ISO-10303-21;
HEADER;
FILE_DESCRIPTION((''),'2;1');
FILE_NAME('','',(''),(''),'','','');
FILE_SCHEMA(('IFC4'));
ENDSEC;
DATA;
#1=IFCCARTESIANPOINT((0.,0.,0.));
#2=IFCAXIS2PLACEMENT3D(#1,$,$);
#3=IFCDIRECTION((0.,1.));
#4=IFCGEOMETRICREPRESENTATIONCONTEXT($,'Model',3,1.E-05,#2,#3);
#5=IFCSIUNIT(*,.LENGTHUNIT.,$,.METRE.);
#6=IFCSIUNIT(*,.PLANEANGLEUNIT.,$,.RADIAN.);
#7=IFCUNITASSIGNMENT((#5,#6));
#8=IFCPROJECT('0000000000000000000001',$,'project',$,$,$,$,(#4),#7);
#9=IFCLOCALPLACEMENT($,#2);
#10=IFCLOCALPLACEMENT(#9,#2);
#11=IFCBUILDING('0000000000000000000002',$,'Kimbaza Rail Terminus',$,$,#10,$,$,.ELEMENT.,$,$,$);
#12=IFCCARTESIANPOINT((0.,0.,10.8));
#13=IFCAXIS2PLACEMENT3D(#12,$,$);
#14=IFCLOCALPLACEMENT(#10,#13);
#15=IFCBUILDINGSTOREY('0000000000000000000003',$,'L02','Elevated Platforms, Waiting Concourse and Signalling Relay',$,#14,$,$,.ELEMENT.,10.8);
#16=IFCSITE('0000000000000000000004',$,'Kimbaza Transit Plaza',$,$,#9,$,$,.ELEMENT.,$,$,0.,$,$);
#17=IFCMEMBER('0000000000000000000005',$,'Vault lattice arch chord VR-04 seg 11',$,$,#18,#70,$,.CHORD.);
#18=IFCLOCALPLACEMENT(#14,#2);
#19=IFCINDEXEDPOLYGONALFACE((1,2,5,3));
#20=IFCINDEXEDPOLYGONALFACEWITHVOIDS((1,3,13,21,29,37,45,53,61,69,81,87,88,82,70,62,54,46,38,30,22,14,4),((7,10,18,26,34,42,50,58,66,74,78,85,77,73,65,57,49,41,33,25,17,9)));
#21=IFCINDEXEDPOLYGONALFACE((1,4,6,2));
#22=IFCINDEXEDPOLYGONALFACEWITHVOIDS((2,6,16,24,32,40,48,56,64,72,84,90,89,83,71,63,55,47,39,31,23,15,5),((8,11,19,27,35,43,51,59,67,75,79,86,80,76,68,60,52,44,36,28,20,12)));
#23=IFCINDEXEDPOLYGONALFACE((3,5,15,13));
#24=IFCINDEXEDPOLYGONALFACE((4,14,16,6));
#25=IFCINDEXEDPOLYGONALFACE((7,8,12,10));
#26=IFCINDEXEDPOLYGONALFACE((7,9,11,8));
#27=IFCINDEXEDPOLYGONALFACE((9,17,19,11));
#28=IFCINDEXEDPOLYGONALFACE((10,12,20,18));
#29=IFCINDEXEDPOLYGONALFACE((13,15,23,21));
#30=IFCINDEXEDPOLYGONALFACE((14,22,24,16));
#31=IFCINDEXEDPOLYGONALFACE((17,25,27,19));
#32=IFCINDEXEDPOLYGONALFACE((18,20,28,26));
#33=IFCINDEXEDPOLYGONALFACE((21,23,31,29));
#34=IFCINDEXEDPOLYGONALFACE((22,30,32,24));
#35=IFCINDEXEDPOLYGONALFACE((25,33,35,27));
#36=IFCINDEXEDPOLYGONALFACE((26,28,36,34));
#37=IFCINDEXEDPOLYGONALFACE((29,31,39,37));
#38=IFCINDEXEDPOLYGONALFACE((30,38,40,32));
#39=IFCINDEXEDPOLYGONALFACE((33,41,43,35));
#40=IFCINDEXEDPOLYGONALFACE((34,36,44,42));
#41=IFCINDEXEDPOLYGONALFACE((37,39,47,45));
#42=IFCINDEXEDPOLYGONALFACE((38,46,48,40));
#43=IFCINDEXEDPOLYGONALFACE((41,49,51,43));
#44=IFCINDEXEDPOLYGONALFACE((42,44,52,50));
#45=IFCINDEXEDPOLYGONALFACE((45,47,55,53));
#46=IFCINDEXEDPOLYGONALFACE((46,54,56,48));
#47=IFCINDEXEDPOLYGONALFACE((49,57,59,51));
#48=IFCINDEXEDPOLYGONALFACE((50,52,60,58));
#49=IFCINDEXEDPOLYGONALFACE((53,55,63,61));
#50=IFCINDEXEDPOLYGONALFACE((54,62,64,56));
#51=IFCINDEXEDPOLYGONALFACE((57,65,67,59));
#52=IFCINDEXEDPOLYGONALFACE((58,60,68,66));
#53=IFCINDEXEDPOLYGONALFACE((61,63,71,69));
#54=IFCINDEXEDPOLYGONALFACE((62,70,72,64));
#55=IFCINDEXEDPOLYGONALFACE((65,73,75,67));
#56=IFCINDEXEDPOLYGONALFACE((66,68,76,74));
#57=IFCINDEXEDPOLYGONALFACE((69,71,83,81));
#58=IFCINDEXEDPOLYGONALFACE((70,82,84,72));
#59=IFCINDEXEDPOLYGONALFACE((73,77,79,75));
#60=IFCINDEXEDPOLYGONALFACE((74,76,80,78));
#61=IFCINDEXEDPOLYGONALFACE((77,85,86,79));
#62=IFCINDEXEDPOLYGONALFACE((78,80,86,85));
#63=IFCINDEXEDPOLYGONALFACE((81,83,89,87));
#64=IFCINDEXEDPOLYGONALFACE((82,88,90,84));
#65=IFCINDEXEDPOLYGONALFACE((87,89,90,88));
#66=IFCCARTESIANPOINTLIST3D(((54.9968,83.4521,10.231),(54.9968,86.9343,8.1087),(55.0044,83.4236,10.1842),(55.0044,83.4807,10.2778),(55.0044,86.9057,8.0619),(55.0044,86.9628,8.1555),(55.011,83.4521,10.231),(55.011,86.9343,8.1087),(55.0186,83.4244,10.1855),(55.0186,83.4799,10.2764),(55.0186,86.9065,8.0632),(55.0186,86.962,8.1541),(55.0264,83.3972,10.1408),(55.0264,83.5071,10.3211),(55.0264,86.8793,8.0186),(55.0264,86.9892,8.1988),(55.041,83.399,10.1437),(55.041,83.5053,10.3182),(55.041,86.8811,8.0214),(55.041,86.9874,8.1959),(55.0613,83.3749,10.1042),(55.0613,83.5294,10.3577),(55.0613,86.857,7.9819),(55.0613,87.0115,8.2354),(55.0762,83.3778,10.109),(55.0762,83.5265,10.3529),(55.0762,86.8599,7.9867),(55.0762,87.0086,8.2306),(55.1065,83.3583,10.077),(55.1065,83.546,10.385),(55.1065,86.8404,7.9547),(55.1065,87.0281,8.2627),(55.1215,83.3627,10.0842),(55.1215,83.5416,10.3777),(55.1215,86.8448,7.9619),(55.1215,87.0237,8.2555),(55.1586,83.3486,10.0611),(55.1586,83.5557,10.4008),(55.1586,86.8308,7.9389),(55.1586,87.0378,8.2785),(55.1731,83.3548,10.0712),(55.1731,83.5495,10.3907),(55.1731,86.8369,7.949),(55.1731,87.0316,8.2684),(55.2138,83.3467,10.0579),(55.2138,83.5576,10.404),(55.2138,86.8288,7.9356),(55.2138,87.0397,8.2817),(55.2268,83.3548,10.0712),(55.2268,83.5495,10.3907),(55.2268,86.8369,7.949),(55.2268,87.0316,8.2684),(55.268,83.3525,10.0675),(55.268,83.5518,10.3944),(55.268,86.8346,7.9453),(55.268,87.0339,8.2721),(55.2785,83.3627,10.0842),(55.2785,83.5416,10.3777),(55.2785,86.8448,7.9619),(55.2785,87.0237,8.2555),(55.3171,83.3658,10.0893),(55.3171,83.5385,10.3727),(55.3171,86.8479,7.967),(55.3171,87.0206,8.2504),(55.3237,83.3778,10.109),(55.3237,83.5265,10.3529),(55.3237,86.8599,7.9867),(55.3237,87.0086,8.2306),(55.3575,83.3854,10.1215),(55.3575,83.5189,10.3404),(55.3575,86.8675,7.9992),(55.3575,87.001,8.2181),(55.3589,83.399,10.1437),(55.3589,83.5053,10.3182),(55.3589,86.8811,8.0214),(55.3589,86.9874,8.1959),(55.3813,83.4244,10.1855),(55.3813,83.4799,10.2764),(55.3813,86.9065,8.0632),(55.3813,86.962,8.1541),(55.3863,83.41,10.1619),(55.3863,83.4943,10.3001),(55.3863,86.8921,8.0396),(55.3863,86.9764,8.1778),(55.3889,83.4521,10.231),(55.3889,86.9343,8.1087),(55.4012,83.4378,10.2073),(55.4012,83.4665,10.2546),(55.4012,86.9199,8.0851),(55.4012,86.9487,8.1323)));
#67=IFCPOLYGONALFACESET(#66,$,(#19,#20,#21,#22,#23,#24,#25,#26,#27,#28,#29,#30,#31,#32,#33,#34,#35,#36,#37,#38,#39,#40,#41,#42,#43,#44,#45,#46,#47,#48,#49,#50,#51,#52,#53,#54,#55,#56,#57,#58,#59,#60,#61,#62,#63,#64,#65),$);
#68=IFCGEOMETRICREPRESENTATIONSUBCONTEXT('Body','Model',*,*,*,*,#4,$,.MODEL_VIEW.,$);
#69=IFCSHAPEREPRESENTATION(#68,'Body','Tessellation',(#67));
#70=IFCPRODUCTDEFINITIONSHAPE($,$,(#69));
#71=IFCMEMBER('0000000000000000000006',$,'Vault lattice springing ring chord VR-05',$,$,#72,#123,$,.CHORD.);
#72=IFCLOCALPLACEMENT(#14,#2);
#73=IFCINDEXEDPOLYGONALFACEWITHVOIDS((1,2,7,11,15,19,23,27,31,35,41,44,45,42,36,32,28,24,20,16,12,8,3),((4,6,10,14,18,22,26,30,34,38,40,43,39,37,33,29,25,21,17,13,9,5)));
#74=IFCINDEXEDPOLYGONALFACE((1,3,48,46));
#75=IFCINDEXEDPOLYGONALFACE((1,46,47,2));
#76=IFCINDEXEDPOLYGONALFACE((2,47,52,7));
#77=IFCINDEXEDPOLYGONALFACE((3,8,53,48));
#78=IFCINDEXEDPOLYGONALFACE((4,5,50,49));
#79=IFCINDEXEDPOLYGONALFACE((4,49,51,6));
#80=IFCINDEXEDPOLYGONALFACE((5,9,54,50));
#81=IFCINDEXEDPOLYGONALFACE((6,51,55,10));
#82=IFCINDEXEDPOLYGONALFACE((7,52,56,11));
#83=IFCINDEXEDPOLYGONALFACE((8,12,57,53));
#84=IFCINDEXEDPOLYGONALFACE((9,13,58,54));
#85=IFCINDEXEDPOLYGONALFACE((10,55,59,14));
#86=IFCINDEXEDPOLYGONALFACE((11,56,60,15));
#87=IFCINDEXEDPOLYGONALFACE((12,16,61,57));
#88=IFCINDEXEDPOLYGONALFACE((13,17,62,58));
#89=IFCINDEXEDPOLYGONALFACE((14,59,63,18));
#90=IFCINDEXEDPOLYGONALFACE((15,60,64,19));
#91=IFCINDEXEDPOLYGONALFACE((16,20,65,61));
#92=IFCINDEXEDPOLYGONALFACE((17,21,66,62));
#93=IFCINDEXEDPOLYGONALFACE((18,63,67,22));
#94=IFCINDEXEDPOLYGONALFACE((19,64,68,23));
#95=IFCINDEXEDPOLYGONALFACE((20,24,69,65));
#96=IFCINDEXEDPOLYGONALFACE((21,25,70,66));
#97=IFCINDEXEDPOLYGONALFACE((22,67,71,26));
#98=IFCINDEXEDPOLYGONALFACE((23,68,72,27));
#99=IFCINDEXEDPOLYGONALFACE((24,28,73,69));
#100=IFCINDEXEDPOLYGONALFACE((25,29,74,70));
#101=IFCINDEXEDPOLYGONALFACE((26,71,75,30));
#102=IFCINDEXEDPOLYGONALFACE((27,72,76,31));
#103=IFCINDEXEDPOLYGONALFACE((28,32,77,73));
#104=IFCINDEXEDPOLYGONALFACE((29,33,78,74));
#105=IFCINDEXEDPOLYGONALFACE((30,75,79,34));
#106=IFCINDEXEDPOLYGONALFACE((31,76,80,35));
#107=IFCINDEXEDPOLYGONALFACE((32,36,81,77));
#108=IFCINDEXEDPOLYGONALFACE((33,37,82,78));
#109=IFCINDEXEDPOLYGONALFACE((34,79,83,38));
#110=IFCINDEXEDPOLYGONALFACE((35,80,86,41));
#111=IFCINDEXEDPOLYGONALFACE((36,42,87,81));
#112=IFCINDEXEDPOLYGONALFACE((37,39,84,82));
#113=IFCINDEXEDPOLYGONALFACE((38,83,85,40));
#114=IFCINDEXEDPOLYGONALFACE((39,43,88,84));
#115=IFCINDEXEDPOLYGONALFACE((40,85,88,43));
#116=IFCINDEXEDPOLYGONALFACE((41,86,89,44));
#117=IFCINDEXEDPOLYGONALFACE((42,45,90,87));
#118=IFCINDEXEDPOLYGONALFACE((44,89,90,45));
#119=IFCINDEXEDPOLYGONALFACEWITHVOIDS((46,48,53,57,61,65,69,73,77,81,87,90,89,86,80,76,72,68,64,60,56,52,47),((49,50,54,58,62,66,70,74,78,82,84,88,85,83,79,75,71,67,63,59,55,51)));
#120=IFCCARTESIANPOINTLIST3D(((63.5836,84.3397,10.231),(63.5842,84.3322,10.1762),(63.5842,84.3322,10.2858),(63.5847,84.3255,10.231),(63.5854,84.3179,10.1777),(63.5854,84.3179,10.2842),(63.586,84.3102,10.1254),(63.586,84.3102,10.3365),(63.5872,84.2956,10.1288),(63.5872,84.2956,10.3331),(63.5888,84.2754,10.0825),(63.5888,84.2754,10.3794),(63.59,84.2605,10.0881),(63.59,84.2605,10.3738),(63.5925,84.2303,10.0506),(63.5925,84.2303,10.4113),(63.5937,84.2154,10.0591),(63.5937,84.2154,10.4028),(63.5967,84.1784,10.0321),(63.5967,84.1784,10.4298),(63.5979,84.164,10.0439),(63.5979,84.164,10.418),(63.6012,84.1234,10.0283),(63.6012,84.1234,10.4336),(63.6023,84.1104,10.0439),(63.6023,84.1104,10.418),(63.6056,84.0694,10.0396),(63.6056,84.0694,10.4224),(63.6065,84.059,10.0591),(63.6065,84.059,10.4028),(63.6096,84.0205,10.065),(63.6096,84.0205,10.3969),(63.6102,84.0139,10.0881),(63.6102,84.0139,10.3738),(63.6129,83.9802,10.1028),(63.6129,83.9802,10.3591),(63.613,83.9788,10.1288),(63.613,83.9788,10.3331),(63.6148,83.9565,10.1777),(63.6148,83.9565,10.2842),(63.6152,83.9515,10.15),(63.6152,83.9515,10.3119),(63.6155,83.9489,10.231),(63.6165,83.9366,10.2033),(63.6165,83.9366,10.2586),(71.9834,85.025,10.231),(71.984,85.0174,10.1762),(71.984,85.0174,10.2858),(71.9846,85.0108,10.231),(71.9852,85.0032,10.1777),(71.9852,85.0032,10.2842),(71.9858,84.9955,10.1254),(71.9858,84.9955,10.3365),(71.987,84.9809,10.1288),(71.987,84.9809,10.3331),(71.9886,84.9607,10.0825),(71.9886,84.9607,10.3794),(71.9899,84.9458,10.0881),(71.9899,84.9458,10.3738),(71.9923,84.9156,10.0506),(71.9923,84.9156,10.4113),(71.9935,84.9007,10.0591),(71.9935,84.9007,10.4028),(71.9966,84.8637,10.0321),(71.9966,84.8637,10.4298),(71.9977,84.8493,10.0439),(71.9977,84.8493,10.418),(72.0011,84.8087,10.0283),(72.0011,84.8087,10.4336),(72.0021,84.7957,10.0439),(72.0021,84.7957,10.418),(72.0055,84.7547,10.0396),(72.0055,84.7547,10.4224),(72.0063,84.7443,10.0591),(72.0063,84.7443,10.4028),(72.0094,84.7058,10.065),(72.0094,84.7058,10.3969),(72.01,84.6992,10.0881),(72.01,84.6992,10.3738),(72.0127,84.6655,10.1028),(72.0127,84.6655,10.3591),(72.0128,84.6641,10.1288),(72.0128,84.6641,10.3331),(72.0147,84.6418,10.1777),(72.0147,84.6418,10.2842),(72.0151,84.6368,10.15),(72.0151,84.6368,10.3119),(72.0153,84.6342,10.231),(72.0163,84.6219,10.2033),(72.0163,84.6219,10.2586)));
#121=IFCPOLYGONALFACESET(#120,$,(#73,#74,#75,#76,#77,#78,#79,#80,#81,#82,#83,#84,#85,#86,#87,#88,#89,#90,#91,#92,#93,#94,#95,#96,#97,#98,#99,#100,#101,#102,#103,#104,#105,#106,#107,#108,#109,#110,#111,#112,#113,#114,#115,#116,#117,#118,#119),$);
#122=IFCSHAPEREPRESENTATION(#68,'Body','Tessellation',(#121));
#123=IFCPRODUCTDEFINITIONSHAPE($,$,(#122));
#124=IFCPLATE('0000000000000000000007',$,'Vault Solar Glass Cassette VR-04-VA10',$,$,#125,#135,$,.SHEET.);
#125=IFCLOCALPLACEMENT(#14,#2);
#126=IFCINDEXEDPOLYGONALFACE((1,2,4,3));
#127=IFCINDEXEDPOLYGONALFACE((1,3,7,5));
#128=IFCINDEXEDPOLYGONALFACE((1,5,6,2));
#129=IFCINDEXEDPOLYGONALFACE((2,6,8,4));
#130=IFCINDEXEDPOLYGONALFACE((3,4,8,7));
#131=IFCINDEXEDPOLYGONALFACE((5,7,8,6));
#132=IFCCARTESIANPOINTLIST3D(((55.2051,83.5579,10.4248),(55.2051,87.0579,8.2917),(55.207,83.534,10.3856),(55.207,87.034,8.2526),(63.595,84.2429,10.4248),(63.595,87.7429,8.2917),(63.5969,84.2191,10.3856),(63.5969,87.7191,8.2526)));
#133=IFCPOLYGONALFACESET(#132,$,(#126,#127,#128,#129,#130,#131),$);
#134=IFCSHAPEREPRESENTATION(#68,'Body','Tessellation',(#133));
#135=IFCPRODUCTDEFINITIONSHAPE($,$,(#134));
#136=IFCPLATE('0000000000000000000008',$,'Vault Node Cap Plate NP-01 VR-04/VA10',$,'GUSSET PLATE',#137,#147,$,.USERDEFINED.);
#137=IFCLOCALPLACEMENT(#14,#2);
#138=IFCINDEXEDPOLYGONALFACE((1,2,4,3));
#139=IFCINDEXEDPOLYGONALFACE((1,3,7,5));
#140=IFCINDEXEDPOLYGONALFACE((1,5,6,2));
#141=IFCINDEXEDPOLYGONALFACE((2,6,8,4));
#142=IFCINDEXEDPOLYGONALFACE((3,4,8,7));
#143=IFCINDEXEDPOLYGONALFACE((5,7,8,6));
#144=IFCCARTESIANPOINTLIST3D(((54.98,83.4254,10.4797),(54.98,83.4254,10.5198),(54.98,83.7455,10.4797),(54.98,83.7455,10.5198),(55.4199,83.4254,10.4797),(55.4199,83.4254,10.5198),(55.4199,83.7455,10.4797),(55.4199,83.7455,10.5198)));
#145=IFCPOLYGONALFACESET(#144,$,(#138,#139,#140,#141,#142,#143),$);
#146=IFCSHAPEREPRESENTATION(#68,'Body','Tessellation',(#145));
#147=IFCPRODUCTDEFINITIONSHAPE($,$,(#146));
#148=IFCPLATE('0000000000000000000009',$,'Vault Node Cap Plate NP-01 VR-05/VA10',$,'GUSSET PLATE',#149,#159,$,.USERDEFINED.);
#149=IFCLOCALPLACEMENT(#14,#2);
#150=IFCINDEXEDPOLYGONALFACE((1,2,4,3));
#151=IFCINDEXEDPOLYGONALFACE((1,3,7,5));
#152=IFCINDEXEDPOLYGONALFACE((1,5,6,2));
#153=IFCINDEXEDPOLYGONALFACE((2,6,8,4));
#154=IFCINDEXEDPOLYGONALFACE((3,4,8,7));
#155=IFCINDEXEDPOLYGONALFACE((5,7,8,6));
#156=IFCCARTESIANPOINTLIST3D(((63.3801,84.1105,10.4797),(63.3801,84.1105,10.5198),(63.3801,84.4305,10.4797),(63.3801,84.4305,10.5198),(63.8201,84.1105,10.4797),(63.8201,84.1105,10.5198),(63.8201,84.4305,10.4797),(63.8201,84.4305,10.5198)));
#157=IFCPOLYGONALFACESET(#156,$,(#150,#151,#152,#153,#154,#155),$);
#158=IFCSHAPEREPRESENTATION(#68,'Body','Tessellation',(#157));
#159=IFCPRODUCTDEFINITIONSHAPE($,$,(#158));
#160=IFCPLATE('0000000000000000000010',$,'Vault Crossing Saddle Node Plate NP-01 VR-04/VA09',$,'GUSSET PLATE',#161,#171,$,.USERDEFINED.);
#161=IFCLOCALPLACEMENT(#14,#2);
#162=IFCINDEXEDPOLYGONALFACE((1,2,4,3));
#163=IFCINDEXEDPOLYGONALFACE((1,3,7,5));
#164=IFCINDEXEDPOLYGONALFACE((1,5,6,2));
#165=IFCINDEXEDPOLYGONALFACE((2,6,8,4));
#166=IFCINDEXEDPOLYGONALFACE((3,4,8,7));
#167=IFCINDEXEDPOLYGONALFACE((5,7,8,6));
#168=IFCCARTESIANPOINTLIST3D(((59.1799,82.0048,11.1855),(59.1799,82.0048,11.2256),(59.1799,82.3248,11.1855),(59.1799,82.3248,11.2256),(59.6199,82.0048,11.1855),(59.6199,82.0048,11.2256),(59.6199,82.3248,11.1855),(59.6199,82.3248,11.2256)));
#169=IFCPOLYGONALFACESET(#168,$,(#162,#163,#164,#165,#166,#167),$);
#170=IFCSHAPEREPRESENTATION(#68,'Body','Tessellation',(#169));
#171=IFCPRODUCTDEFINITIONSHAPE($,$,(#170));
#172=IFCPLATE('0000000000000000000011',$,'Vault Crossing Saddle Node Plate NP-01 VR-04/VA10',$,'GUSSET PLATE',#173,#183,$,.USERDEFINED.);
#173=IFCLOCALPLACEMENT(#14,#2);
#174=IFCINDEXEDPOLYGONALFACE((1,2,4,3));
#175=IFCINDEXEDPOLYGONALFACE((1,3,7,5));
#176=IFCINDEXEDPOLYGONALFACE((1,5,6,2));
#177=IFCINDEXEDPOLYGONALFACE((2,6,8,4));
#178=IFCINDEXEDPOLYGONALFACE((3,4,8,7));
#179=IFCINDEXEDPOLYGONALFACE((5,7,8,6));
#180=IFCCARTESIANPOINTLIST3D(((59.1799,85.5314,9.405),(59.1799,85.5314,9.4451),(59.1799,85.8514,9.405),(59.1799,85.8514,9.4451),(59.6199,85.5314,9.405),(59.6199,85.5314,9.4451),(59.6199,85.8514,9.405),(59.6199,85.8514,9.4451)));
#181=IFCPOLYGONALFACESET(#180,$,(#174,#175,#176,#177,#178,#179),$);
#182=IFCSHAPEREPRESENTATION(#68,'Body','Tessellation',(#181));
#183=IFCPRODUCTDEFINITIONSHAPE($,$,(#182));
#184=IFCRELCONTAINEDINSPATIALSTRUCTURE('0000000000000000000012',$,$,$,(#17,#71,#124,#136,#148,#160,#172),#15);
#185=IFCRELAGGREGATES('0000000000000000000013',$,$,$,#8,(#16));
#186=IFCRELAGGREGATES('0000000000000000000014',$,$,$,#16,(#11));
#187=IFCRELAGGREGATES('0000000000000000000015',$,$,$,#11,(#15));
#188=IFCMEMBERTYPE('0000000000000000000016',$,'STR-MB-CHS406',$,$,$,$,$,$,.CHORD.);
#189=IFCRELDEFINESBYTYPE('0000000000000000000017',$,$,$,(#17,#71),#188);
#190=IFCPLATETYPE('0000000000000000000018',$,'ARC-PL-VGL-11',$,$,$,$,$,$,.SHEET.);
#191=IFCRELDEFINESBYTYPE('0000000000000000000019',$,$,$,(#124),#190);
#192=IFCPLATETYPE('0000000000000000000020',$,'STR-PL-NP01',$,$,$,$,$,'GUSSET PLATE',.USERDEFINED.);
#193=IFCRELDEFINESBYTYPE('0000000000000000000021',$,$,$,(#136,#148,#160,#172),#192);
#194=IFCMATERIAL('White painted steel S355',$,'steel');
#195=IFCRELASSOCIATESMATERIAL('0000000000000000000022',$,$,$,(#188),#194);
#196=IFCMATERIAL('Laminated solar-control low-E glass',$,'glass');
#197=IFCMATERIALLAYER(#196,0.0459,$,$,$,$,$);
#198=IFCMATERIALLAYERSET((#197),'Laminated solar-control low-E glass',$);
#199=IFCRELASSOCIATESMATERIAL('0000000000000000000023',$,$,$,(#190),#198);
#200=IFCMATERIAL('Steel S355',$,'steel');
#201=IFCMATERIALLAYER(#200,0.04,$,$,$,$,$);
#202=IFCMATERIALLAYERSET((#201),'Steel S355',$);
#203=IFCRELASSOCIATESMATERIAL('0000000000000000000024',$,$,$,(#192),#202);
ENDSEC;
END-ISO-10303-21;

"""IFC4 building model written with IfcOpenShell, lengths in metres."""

from ifc_helpers import new_model, si_unit, direction, frame, origin, origin_2d, place, context, subcontext, project, spatial, polyline, rectangle, hollow_circle, outline, extrude, material, layer, layer_set, material_profile, profile_set, type_object, element, save


model = new_model("IFC4")

# Units and contexts
model_context = context("Model", 3, precision=1e-05, world=origin(), true_north=direction((0.0, 1.0)))
body_context = subcontext(model_context, "Body", "Model", "MODEL_VIEW")
ifc_project = project(units=[si_unit("LENGTHUNIT", "METRE"), si_unit("PLANEANGLEUNIT", "RADIAN")], contexts=[model_context])

# Site, building, storey
site_placement = place(None, origin())
site = spatial("IfcSite", under=ifc_project, at=site_placement, Name="Kimbaza Transit Plaza", CompositionType="ELEMENT", RefElevation=0.0)
building_placement = place(site_placement, origin())
building = spatial("IfcBuilding", under=site, at=building_placement, Name="Kimbaza Rail Terminus", CompositionType="ELEMENT")
storey_placement = place(building_placement, frame((0.0, 0.0, 10.8)))
storey = spatial("IfcBuildingStorey", under=building, at=storey_placement, Name="L02", Description="Elevated Platforms, Waiting Concourse and Signalling Relay", CompositionType="ELEMENT", Elevation=10.8)

# Members
ifc_material_1 = material(Name="White painted steel S355", Category="steel")
ifc_material_profile_1 = material_profile(ifc_material_1, hollow_circle(Radius=0.2031, WallThickness=0.0142, at=origin_2d()), Name="CHS 406.4x14.2")
ifc_profile_set_1 = profile_set([ifc_material_profile_1], Name="White painted steel S355")
member_type_1 = type_object("IfcMemberType", Name="STR-MB-CHS406", PredefinedType="CHORD", material=ifc_profile_set_1)
member_1_placement = place(storey_placement, frame((55.2, 83.4521, 10.231), z_axis=(0.0, 0.853901, -0.520435), x_axis=(-1.0, 0.0, 0.0)))
element("IfcMember", 1, at=member_1_placement, inside=storey, type_object=member_type_1, Name="Vault lattice arch chord VR-04 seg 11", PredefinedType="CHORD", context=body_context, shape_type="SweptSolid", body=[
    extrude(hollow_circle(Radius=0.2031, WallThickness=0.0142, at=origin_2d()), origin(), (0.0, 0.0, 1.0), 4.0779),
])
member_2_placement = place(storey_placement, frame((63.6001, 84.1372, 10.231), z_axis=(0.996688, 0.081314, 0.0), x_axis=(-0.081314, 0.996688, 0.0)))
element("IfcMember", 2, at=member_2_placement, inside=storey, type_object=member_type_1, Name="Vault lattice springing ring chord VR-05", PredefinedType="CHORD", context=body_context, shape_type="SweptSolid", body=[
    extrude(hollow_circle(Radius=0.2031, WallThickness=0.0142, at=origin_2d()), origin(), (0.0, 0.0, 1.0), 8.4277),
])

# Plates
ifc_material_2 = material(Name="Laminated solar-control low-E glass", Category="glass")
ifc_layer_1 = layer(ifc_material_2, 0.0459)
ifc_layer_set_1 = layer_set([ifc_layer_1], Name="Laminated solar-control low-E glass")
plate_type_1 = type_object("IfcPlateType", Name="ARC-PL-VGL-11", PredefinedType="SHEET", material=ifc_layer_set_1)
plate_placement = place(storey_placement, frame((55.2051, 83.5579, 10.4248), z_axis=(-0.042455, 0.519944, 0.853144), x_axis=(0.996683, 0.081382, 0.0)))
element("IfcPlate", 3, at=plate_placement, inside=storey, type_object=plate_type_1, Name="Vault Solar Glass Cassette VR-04-VA10", PredefinedType="SHEET", context=body_context, shape_type="SweptSolid", body=[
    extrude(outline(polyline([(0.0, 0.0), (8.4178, 0.0), (8.7027, 4.0889), (0.2848, 4.0889), (0.0, 0.0)])), origin(), (0.0, 0.0, -1.0), 0.0459),
])
ifc_material_3 = material(Name="Steel S355", Category="steel")
ifc_layer_2 = layer(ifc_material_3, 0.04)
ifc_layer_set_2 = layer_set([ifc_layer_2], Name="Steel S355")
plate_type_2 = type_object("IfcPlateType", Name="STR-PL-NP01", ElementType="GUSSET PLATE", PredefinedType="USERDEFINED", material=ifc_layer_set_2)
for number, where, z_axis, x_axis, name in (
    (4, (55.2, 83.5854, 10.4797), (0.0, 0.0, 1.0), (1.0, 0.0, 0.0), "Vault Node Cap Plate NP-01 VR-04/VA10"),
    (5, (63.6001, 84.2705, 10.4797), (0.0, 0.0, 1.0), (1.0, 0.0, 0.0), "Vault Node Cap Plate NP-01 VR-05/VA10"),
    (6, (59.3999, 82.1648, 11.1855), (0.0, 0.0, 1.0), (1.0, 0.0, 0.0), "Vault Crossing Saddle Node Plate NP-01 VR-04/VA09"),
    (7, (59.3999, 85.6914, 9.405), (0.0, 0.0, 1.0), (1.0, 0.0, 0.0), "Vault Crossing Saddle Node Plate NP-01 VR-04/VA10"),
):
    element("IfcPlate", number, at=place(storey_placement, frame(where, z_axis=z_axis, x_axis=x_axis)), inside=storey, type_object=plate_type_2, Name=name, ObjectType="GUSSET PLATE", PredefinedType="USERDEFINED", context=body_context, shape_type="SweptSolid", body=[
        extrude(rectangle(XDim=0.4399, YDim=0.3201, at=origin_2d()), origin(), (0.0, 0.0, 1.0), 0.04),
    ])

save(model, "model.ifc")
